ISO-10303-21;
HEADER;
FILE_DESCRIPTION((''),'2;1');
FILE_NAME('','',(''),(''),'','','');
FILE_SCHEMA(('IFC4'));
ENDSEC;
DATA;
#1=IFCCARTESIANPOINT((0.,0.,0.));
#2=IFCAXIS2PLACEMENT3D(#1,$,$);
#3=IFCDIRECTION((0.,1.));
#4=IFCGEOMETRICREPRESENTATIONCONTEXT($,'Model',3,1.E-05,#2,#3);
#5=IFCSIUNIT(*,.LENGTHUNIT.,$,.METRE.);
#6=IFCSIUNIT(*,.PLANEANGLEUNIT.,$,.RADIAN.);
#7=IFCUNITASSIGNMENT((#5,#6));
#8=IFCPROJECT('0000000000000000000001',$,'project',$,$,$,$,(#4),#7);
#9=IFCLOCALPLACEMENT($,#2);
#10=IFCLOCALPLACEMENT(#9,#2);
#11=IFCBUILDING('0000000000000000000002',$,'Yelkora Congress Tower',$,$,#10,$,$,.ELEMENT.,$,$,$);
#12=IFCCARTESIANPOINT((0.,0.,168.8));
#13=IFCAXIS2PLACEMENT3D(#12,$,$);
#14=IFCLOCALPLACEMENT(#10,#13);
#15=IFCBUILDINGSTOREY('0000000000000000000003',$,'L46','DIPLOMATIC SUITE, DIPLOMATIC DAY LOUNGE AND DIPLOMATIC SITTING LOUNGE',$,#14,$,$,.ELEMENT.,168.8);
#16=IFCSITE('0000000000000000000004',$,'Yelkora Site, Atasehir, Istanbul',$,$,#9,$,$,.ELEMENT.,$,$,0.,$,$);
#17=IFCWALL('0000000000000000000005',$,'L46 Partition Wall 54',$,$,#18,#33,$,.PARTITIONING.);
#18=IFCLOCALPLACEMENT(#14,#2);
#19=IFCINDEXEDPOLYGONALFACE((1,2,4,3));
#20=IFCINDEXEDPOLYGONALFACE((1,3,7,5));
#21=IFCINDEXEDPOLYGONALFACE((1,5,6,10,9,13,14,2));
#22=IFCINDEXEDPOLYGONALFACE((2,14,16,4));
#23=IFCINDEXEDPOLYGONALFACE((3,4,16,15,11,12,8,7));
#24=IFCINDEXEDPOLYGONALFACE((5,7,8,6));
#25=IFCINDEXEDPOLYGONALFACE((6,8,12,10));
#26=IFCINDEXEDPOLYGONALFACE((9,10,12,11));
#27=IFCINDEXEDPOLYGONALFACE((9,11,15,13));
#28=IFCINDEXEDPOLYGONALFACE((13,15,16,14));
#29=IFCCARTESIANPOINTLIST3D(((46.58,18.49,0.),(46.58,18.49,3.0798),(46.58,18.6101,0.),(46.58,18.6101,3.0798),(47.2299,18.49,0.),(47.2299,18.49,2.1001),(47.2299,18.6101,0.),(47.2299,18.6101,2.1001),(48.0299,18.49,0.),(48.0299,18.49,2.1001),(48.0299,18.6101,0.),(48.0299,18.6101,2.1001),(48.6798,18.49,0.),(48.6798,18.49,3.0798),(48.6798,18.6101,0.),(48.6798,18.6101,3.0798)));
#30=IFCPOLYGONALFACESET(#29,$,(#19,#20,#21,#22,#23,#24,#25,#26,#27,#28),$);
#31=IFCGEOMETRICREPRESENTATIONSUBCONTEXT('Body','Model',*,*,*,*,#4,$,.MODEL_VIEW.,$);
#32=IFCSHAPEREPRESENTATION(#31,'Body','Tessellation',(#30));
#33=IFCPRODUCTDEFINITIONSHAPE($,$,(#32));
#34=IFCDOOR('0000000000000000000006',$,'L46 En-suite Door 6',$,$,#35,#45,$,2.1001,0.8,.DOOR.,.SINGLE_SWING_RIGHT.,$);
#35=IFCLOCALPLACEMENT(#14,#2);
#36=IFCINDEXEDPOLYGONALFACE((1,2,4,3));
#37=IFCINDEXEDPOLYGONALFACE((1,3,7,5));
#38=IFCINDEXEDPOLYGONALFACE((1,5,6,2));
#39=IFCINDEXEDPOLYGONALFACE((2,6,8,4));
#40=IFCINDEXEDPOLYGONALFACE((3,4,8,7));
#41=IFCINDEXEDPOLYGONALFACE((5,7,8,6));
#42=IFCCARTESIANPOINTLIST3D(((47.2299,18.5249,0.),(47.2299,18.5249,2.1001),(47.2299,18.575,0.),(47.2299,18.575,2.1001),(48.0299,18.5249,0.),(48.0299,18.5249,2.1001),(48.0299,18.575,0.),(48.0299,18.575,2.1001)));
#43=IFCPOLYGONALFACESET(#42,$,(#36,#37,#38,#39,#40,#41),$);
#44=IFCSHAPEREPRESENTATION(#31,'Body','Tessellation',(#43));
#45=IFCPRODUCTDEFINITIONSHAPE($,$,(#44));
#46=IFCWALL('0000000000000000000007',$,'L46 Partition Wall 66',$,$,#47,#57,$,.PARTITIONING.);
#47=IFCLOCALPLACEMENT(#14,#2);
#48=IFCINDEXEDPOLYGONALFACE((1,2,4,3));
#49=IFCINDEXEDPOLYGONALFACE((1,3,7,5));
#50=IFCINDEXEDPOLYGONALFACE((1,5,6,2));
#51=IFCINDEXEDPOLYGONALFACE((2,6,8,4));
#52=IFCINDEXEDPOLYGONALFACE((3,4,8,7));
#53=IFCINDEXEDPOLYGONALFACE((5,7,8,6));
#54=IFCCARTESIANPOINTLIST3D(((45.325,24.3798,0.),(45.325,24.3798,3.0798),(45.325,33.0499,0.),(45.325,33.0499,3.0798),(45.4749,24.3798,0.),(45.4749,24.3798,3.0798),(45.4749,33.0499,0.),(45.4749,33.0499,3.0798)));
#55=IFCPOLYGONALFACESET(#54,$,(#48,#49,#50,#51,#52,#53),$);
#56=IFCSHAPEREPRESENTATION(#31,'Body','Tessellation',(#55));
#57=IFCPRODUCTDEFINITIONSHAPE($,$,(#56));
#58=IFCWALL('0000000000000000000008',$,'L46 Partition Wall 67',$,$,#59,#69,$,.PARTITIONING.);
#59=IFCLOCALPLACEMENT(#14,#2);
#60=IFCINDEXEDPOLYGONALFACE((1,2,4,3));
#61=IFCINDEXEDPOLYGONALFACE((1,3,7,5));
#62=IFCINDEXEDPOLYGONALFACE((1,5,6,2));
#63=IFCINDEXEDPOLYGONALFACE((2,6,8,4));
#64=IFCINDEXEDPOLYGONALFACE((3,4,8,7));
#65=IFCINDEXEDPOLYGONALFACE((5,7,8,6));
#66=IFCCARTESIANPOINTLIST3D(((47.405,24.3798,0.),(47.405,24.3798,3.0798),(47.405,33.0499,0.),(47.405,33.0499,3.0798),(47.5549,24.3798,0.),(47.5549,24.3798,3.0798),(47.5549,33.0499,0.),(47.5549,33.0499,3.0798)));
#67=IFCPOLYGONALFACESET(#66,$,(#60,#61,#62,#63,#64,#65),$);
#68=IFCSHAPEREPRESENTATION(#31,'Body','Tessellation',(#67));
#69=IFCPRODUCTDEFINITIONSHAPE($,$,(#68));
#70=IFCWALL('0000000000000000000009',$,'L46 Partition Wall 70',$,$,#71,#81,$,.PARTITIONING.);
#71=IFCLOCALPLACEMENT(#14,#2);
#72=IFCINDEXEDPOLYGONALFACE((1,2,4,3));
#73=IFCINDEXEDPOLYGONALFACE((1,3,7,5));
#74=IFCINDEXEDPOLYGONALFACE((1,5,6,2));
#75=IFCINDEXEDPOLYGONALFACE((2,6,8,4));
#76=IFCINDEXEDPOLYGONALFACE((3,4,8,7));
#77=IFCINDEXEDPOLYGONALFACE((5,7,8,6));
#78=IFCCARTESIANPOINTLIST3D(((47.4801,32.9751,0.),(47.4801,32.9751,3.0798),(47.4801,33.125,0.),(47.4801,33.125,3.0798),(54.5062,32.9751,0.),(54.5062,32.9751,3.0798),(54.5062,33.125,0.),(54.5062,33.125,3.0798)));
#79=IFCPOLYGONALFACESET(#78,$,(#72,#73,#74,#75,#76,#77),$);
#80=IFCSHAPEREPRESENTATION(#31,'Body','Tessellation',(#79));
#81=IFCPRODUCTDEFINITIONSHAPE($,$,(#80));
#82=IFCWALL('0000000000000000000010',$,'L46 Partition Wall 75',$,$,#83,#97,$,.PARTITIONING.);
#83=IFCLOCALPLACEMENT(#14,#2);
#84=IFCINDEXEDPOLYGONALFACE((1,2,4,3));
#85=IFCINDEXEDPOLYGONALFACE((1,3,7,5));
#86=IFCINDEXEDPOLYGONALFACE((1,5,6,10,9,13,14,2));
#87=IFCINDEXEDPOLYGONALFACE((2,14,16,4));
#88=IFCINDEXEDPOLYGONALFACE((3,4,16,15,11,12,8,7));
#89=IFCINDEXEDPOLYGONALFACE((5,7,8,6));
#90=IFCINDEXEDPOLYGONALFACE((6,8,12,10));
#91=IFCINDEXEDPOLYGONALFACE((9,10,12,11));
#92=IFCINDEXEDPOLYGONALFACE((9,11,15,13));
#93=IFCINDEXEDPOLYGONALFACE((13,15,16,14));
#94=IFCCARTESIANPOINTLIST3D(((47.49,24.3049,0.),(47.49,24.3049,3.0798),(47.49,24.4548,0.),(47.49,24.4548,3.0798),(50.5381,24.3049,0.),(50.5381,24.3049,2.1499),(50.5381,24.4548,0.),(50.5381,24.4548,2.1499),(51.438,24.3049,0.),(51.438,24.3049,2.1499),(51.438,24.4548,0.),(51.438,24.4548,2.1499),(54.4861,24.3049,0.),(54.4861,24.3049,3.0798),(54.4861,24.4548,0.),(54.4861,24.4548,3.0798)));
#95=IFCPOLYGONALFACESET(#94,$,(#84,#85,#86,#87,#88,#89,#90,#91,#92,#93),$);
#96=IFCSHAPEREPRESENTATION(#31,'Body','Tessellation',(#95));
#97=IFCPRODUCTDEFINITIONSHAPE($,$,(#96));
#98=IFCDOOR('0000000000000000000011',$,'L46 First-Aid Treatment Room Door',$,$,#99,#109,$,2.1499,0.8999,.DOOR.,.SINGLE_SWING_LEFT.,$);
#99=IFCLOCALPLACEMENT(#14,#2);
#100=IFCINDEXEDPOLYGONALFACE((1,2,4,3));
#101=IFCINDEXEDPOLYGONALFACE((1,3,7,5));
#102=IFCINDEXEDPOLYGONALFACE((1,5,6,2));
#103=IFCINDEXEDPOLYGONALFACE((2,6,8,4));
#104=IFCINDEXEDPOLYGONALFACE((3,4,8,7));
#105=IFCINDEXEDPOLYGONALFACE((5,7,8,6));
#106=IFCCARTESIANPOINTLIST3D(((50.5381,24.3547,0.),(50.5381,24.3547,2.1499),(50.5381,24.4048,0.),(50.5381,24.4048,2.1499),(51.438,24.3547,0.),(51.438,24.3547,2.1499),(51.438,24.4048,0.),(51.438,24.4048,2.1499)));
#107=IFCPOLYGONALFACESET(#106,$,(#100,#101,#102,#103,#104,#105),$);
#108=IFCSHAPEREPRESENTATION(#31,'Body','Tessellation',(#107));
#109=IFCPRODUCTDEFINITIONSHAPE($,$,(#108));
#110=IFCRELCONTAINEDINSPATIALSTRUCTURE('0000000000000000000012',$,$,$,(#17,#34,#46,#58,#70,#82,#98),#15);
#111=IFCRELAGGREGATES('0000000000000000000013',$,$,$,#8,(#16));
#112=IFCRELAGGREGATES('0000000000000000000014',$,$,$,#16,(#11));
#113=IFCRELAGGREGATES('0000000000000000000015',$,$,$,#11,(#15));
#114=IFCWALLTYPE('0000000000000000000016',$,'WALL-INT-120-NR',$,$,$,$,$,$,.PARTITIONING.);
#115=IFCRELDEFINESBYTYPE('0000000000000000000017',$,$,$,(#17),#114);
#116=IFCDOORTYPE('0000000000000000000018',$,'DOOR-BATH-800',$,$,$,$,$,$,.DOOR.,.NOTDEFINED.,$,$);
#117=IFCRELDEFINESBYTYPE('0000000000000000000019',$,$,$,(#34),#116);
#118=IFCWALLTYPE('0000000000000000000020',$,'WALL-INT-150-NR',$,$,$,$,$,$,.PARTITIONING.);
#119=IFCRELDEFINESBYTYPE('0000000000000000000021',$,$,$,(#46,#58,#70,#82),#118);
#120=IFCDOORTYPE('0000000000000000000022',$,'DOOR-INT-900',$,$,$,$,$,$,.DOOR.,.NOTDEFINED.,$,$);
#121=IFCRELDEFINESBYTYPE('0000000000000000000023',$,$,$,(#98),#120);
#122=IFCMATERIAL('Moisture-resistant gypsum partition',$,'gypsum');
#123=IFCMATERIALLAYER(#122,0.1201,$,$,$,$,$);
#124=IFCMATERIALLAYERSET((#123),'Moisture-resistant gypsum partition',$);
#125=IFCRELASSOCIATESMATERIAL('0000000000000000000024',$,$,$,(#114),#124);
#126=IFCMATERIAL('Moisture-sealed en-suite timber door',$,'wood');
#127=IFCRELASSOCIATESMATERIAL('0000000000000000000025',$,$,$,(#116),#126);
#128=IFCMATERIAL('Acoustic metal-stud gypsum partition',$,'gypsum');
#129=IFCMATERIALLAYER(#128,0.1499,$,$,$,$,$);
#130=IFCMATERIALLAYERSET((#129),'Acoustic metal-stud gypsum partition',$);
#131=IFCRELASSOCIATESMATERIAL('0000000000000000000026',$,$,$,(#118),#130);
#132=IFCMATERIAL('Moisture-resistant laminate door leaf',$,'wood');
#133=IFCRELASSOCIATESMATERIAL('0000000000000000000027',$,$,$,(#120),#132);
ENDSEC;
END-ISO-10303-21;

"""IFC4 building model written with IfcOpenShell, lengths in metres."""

from ifc_helpers import new_model, si_unit, direction, frame, frame_2d, origin, place, context, subcontext, project, spatial, rectangle, extrude, material, layer, layer_set, type_object, element, fill, save


model = new_model("IFC4")

# Units and contexts
model_context = context("Model", 3, precision=1e-05, world=origin(), true_north=direction((0.0, 1.0)))
body_context = subcontext(model_context, "Body", "Model", "MODEL_VIEW")
ifc_project = project(units=[si_unit("LENGTHUNIT", "METRE"), si_unit("PLANEANGLEUNIT", "RADIAN")], contexts=[model_context])

# Site, building, storey
site_placement = place(None, origin())
site = spatial("IfcSite", under=ifc_project, at=site_placement, Name="Yelkora Site, Atasehir, Istanbul", CompositionType="ELEMENT", RefElevation=0.0)
building_placement = place(site_placement, origin())
building = spatial("IfcBuilding", under=site, at=building_placement, Name="Yelkora Congress Tower", CompositionType="ELEMENT")
storey_placement = place(building_placement, frame((0.0, 0.0, 168.8)))
storey = spatial("IfcBuildingStorey", under=building, at=storey_placement, Name="L46", Description="DIPLOMATIC SUITE, DIPLOMATIC DAY LOUNGE AND DIPLOMATIC SITTING LOUNGE", CompositionType="ELEMENT", Elevation=168.8)

# Shared definitions
ifc_material_1 = material(Name="Moisture-resistant gypsum partition", Category="gypsum")
ifc_layer_1 = layer(ifc_material_1, 0.1201)
ifc_layer_set_1 = layer_set([ifc_layer_1], Name="Moisture-resistant gypsum partition")
wall_type_1 = type_object("IfcWallType", Name="WALL-INT-120-NR", PredefinedType="PARTITIONING", material=ifc_layer_set_1)

# Shared definitions
ifc_material_2 = material(Name="Moisture-sealed en-suite timber door", Category="wood")
door_type_1 = type_object("IfcDoorType", Name="DOOR-BATH-800", OperationType="NOTDEFINED", PredefinedType="DOOR", material=ifc_material_2)

# Wall, opening, door
wall_1_placement = place(storey_placement, frame((46.5801, 18.55, 0.0), z_axis=(0.0, 0.0, 1.0), x_axis=(1.0, 0.0, 0.0)))
wall_1 = element("IfcWall", 1, at=wall_1_placement, inside=storey, type_object=wall_type_1, Name="L46 Partition Wall 54", PredefinedType="PARTITIONING", context=body_context, shape_type="SweptSolid", body=[
    extrude(rectangle(XDim=2.0999, YDim=0.1201, at=frame_2d((1.0498, 0.0))), origin(), (0.0, 0.0, 1.0), 3.0798),
])
opening_1_placement = place(wall_1_placement, frame((0.6499, 0.0, 0.0)))
opening_1 = element("IfcOpeningElement", 2, at=opening_1_placement, cuts=wall_1, PredefinedType="OPENING", context=body_context, shape_type="SweptSolid", body=[
    extrude(rectangle(XDim=0.8, YDim=2.1001, at=frame_2d((0.3999, 1.05))), frame((0.0, 0.0701, 0.0), z_axis=(0.0, -1.0, 0.0), x_axis=(1.0, 0.0, 0.0)), (0.0, 0.0, 1.0), 0.1401),
])
door_1_placement = place(opening_1_placement, origin())
door_1 = element("IfcDoor", 3, at=door_1_placement, inside=storey, type_object=door_type_1, Name="L46 En-suite Door 6", OperationType="SINGLE_SWING_RIGHT", OverallHeight=2.1001, OverallWidth=0.8, PredefinedType="DOOR", context=body_context, shape_type="SweptSolid", body=[
    extrude(rectangle(XDim=0.8, YDim=2.1001, at=frame_2d((0.3999, 1.05))), frame((0.0, 0.0249, 0.0), z_axis=(0.0, -1.0, 0.0), x_axis=(1.0, 0.0, 0.0)), (0.0, 0.0, 1.0), 0.05),
])
fill(opening_1, door_1)

# Walls
ifc_material_3 = material(Name="Acoustic metal-stud gypsum partition", Category="gypsum")
ifc_layer_2 = layer(ifc_material_3, 0.1499)
ifc_layer_set_2 = layer_set([ifc_layer_2], Name="Acoustic metal-stud gypsum partition")
wall_type_2 = type_object("IfcWallType", Name="WALL-INT-150-NR", PredefinedType="PARTITIONING", material=ifc_layer_set_2)
for number, where, z_axis, x_axis, name in (
    (4, (45.3999, 24.3799, 0.0), (0.0, 0.0, 1.0), (0.0, 1.0, 0.0), "L46 Partition Wall 66"),
    (5, (47.48, 24.3799, 0.0), (0.0, 0.0, 1.0), (0.0, 1.0, 0.0), "L46 Partition Wall 67"),
):
    element("IfcWall", number, at=place(storey_placement, frame(where, z_axis=z_axis, x_axis=x_axis)), inside=storey, type_object=wall_type_2, Name=name, PredefinedType="PARTITIONING", context=body_context, shape_type="SweptSolid", body=[
        extrude(rectangle(XDim=8.6702, YDim=0.1499, at=frame_2d((4.335, 0.0))), origin(), (0.0, 0.0, 1.0), 3.0798),
    ])
wall_2_placement = place(storey_placement, frame((47.48, 33.05, 0.0), z_axis=(0.0, 0.0, 1.0), x_axis=(1.0, 0.0, 0.0)))
element("IfcWall", 6, at=wall_2_placement, inside=storey, type_object=wall_type_2, Name="L46 Partition Wall 70", PredefinedType="PARTITIONING", context=body_context, shape_type="SweptSolid", body=[
    extrude(rectangle(XDim=7.0261, YDim=0.1499, at=frame_2d((3.5132, 0.0))), origin(), (0.0, 0.0, 1.0), 3.0798),
])

# Wall, opening, door
wall_3_placement = place(storey_placement, frame((47.49, 24.3799, 0.0), z_axis=(0.0, 0.0, 1.0), x_axis=(1.0, 0.0, 0.0)))
wall_3 = element("IfcWall", 7, at=wall_3_placement, inside=storey, type_object=wall_type_2, Name="L46 Partition Wall 75", PredefinedType="PARTITIONING", context=body_context, shape_type="SweptSolid", body=[
    extrude(rectangle(XDim=6.9961, YDim=0.1499, at=frame_2d((3.498, 0.0))), origin(), (0.0, 0.0, 1.0), 3.0798),
])
opening_2_placement = place(wall_3_placement, frame((3.0481, 0.0, 0.0)))
opening_2 = element("IfcOpeningElement", 8, at=opening_2_placement, cuts=wall_3, PredefinedType="OPENING", context=body_context, shape_type="SweptSolid", body=[
    extrude(rectangle(XDim=0.8999, YDim=2.1499, at=frame_2d((0.45, 1.075))), frame((0.0, 0.085, 0.0), z_axis=(0.0, -1.0, 0.0), x_axis=(1.0, 0.0, 0.0)), (0.0, 0.0, 1.0), 0.1699),
])
ifc_material_4 = material(Name="Moisture-resistant laminate door leaf", Category="wood")
door_type_2 = type_object("IfcDoorType", Name="DOOR-INT-900", OperationType="NOTDEFINED", PredefinedType="DOOR", material=ifc_material_4)
door_2_placement = place(opening_2_placement, origin())
door_2 = element("IfcDoor", 9, at=door_2_placement, inside=storey, type_object=door_type_2, Name="L46 First-Aid Treatment Room Door", OperationType="SINGLE_SWING_LEFT", OverallHeight=2.1499, OverallWidth=0.8999, PredefinedType="DOOR", context=body_context, shape_type="SweptSolid", body=[
    extrude(rectangle(XDim=0.8999, YDim=2.1499, at=frame_2d((0.45, 1.075))), frame((0.0, 0.0249, 0.0), z_axis=(0.0, -1.0, 0.0), x_axis=(1.0, 0.0, 0.0)), (0.0, 0.0, 1.0), 0.05),
])
fill(opening_2, door_2)

save(model, "model.ifc")
